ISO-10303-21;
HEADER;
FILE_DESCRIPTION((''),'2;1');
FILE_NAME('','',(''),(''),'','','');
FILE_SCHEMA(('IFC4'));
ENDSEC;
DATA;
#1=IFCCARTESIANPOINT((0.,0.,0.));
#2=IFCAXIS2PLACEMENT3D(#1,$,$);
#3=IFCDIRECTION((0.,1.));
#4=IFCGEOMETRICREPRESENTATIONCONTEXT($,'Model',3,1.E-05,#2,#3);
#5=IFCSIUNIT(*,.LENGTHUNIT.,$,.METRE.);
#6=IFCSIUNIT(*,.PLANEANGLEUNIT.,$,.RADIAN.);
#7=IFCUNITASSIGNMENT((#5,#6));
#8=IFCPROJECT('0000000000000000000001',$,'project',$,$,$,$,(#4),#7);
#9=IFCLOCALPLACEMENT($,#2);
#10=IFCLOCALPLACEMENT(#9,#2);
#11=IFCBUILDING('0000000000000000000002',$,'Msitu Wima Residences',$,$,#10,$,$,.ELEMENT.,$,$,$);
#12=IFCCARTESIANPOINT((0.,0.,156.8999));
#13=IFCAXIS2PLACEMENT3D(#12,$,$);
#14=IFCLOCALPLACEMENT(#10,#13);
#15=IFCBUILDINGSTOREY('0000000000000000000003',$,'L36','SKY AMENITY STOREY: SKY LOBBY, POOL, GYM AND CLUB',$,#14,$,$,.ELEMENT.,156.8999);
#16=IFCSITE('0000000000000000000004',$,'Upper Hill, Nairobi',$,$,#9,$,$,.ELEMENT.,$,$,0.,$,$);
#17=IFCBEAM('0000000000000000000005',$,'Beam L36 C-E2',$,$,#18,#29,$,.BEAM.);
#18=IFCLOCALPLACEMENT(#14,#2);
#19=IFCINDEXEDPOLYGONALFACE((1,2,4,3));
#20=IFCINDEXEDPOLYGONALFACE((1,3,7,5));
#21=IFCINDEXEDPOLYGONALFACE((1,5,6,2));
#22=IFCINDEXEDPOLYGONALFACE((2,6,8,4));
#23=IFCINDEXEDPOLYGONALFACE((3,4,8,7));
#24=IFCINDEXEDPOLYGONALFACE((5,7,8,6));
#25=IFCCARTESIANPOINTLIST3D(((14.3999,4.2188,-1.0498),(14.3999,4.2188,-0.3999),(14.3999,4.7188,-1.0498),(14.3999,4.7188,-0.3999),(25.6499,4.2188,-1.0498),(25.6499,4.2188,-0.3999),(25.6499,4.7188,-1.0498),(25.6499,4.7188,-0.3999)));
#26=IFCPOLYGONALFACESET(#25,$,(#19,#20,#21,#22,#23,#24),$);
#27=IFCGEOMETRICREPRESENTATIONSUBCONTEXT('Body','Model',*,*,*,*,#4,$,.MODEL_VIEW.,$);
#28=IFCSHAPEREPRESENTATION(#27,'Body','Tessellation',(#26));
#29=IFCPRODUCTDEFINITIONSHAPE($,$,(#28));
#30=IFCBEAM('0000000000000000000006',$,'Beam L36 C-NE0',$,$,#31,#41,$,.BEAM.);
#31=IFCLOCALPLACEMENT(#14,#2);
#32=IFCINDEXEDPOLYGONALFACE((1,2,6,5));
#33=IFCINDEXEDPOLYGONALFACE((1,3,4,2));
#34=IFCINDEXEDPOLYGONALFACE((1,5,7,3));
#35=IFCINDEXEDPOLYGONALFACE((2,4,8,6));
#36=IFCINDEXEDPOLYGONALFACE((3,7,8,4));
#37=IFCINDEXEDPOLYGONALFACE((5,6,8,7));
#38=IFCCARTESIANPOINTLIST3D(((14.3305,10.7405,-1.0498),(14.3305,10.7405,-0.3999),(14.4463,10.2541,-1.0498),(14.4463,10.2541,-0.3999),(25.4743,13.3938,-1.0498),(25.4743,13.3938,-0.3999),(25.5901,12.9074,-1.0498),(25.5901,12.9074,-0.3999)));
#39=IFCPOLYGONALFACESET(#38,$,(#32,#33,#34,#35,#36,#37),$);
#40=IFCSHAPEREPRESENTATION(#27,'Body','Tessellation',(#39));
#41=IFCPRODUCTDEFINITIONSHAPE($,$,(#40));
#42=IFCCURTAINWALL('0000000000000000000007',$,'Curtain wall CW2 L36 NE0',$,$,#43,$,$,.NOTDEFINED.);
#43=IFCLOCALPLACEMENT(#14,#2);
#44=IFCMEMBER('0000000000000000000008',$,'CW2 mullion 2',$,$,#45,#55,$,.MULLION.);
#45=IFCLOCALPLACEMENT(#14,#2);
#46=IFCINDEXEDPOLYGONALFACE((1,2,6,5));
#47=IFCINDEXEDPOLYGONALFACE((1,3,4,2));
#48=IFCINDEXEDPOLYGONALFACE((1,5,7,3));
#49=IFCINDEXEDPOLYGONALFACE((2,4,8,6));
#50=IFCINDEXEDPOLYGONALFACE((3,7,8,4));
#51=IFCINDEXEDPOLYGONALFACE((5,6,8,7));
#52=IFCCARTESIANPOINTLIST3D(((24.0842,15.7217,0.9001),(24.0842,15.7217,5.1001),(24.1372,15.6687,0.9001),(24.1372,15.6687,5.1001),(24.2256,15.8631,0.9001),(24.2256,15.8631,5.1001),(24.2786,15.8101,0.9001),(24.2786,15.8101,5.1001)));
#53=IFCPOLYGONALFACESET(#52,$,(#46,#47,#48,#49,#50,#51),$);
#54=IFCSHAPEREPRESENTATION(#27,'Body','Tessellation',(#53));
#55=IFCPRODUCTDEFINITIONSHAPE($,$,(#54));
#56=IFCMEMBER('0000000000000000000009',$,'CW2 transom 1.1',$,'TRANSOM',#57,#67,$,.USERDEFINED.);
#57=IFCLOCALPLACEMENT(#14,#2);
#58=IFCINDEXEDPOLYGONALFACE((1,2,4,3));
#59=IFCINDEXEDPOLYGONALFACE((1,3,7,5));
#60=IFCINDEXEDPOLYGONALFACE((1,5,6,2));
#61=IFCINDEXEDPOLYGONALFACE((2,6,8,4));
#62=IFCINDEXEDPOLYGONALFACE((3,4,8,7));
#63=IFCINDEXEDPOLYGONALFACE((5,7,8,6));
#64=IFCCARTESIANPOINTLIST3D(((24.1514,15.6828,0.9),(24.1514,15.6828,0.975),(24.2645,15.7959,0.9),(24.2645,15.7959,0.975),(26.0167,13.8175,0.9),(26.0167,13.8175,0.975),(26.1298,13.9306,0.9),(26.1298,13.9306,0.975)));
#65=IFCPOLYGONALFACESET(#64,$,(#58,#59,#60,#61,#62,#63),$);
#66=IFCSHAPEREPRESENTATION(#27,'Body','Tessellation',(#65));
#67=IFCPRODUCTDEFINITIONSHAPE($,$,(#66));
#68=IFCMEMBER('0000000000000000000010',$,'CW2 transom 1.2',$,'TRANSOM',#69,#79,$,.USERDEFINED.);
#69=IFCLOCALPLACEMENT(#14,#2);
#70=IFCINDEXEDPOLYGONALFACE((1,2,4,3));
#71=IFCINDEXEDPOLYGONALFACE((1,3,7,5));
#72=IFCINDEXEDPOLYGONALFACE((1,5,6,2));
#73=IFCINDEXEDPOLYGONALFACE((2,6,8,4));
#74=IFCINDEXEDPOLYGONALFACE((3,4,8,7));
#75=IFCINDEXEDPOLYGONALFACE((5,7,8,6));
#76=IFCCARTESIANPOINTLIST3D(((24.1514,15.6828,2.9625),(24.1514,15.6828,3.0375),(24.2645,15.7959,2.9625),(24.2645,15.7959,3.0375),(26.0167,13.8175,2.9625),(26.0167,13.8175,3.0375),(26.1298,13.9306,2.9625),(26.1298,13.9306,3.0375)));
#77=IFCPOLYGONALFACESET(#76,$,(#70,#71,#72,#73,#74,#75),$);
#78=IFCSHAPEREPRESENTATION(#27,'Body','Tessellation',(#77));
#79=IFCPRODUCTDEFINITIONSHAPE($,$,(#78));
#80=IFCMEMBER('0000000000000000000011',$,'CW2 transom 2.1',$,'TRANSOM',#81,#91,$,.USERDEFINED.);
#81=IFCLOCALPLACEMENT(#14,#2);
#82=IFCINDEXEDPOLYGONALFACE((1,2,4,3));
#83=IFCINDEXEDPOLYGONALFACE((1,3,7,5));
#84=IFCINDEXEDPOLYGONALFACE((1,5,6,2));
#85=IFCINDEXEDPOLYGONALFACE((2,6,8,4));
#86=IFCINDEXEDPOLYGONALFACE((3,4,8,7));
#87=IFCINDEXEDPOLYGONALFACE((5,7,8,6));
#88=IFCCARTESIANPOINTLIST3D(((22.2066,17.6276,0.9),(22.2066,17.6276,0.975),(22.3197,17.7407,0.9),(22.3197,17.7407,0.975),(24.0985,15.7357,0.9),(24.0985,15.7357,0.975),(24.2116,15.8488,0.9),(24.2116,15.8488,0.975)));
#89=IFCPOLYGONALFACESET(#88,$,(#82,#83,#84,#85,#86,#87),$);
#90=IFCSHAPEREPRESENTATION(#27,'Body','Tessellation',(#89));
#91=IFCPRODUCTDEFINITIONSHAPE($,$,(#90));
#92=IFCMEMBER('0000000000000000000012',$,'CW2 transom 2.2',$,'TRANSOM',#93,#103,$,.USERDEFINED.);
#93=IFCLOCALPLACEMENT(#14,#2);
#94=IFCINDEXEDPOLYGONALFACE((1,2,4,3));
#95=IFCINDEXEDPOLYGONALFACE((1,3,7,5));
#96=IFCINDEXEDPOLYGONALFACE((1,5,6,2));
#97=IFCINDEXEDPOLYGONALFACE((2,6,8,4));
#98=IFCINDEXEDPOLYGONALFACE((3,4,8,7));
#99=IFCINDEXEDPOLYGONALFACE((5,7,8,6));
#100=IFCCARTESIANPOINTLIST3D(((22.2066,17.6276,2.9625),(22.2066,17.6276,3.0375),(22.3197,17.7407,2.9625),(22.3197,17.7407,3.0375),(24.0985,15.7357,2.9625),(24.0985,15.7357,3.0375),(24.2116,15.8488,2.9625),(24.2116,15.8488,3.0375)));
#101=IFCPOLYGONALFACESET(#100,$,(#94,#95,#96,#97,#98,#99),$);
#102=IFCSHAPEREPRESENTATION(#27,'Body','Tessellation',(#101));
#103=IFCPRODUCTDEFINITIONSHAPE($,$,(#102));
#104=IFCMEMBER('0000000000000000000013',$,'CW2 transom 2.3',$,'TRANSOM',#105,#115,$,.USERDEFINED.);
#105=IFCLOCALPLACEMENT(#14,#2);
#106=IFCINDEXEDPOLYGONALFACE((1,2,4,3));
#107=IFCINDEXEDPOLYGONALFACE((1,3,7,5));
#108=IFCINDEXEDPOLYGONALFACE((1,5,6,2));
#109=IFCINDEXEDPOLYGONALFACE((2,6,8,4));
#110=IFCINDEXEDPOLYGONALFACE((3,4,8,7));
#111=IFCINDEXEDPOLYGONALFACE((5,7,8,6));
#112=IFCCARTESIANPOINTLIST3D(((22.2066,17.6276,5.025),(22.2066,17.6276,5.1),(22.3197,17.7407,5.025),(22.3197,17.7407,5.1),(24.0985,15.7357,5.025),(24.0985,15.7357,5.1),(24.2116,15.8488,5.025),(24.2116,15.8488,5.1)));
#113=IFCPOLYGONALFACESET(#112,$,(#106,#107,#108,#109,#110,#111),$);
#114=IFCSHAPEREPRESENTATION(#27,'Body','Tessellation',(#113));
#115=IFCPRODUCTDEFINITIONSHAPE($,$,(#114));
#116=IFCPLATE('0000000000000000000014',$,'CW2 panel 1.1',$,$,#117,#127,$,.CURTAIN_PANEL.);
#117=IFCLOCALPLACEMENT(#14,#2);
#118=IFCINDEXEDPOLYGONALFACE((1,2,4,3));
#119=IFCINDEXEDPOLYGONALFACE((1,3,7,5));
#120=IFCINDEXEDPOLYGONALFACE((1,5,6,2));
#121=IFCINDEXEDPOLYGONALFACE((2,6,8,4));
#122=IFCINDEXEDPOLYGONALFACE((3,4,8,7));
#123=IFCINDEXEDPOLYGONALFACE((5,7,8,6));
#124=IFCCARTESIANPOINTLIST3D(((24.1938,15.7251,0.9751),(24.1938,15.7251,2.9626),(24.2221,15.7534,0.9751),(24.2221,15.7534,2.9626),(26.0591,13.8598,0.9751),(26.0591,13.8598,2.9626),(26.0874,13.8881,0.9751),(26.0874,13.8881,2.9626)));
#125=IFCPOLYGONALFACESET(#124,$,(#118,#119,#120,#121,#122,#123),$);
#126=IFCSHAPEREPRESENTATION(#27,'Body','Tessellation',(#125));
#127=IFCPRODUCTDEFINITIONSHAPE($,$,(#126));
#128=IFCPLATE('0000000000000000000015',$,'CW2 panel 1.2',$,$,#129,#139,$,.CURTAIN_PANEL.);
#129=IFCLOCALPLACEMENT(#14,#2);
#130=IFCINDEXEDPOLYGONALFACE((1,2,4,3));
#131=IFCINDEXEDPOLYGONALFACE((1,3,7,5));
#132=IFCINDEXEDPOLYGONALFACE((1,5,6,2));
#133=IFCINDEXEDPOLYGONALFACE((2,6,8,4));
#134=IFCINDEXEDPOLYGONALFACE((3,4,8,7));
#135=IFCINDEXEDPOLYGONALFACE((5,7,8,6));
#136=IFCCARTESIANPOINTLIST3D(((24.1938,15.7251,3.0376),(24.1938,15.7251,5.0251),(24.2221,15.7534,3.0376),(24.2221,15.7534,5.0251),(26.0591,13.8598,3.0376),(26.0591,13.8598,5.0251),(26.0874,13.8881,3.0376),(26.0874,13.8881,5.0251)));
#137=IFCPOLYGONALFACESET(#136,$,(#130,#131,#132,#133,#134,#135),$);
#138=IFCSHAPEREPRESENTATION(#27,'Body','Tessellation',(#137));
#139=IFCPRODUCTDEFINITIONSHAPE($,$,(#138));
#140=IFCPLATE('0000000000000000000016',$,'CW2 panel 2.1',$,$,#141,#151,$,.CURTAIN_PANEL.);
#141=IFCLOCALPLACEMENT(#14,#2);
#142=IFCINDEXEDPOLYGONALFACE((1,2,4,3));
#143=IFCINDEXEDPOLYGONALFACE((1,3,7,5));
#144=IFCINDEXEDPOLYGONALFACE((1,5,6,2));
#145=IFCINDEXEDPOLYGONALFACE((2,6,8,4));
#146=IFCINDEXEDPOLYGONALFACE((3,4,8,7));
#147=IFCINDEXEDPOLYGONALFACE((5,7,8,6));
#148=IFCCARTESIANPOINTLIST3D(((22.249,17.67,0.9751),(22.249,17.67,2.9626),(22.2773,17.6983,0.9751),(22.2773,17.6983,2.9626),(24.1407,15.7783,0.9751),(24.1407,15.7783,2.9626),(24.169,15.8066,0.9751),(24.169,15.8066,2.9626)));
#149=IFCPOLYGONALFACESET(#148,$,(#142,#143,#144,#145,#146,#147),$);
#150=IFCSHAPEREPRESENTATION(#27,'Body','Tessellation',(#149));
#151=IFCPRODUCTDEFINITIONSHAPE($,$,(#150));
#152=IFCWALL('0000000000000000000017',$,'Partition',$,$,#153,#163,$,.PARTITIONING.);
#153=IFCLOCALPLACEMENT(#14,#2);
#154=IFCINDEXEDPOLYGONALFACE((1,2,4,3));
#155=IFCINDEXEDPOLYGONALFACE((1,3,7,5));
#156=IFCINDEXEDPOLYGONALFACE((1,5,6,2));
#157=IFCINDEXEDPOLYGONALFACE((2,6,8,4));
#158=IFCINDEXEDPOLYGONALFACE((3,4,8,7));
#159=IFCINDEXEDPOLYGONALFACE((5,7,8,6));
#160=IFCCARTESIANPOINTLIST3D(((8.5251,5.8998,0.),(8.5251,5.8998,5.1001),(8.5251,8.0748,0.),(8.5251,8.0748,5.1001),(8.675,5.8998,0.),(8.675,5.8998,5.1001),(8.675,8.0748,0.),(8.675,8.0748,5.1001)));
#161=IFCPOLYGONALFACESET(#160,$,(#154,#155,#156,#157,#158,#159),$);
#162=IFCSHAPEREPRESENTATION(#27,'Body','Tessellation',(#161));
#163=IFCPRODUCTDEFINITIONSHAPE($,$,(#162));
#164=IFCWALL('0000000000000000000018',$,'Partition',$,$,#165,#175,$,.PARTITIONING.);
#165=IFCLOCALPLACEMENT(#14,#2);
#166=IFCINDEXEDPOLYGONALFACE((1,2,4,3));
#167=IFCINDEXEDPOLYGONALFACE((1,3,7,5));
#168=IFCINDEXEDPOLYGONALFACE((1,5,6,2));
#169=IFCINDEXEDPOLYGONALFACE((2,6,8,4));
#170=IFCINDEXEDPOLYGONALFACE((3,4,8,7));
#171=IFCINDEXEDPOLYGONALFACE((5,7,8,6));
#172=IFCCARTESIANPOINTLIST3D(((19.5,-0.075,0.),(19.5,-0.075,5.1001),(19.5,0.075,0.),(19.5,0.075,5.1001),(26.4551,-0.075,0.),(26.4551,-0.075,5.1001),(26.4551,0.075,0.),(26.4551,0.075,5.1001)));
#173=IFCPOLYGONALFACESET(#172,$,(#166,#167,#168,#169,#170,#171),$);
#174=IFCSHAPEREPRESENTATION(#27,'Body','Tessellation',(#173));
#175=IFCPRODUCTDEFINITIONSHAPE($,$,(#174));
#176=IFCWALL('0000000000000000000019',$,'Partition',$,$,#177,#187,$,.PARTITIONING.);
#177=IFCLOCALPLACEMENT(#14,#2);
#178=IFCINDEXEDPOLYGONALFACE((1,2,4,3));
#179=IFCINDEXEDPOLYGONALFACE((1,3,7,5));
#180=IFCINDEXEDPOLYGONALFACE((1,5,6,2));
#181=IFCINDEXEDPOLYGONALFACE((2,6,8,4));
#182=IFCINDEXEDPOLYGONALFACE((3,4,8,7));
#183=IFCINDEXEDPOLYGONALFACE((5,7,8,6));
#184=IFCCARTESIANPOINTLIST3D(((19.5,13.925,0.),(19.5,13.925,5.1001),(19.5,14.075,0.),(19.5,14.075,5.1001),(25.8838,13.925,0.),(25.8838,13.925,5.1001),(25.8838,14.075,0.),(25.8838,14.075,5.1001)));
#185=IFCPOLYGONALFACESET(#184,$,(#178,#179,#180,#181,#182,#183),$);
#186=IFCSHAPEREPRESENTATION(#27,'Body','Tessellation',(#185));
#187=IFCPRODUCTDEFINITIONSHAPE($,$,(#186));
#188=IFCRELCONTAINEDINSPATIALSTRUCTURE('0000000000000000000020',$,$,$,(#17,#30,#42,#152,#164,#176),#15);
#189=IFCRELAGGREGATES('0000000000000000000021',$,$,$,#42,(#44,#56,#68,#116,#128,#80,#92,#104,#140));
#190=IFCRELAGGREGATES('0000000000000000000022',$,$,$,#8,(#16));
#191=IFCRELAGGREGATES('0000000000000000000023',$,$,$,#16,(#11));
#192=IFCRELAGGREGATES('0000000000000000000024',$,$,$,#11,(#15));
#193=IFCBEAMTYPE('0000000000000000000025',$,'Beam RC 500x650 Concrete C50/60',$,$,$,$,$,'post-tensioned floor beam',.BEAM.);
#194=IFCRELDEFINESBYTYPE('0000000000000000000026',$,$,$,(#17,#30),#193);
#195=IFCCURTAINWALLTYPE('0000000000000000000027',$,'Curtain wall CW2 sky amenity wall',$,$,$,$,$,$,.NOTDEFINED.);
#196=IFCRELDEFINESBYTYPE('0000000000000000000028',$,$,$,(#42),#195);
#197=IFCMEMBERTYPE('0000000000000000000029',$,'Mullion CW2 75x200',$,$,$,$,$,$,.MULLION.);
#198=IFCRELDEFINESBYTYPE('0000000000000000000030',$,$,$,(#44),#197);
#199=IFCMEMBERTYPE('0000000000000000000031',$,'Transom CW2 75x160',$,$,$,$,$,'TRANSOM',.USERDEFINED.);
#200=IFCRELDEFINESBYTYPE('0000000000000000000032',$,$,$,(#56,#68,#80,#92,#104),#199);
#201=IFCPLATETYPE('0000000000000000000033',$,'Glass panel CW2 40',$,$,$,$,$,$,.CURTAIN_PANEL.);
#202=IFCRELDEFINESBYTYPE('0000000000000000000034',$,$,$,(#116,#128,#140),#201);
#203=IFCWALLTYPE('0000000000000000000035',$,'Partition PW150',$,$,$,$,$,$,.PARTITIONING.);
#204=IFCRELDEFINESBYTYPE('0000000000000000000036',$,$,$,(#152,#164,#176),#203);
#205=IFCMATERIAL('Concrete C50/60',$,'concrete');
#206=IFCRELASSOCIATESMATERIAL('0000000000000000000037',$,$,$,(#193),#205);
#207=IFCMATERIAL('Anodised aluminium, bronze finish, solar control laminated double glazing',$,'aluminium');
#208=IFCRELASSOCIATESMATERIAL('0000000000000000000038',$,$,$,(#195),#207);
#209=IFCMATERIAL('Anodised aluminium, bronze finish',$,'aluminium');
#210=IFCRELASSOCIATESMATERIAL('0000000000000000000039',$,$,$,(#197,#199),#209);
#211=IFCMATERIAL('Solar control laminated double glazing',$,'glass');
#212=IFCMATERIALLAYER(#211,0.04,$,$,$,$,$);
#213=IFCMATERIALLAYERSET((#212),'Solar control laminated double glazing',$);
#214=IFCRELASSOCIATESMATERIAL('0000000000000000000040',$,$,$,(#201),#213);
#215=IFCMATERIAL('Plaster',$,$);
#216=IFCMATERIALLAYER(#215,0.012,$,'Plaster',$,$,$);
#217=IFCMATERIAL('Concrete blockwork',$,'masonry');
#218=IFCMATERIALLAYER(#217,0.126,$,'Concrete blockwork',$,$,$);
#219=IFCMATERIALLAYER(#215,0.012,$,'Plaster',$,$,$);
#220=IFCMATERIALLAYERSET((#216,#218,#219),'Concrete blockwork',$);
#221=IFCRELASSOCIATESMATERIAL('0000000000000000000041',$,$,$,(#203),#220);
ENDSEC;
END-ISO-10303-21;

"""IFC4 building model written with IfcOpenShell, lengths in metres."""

from ifc_helpers import new_model, si_unit, direction, frame, frame_2d, origin, origin_2d, place, context, subcontext, project, spatial, rectangle, extrude, material, layer, layer_set, material_profile, profile_set, type_object, element, aggregate, save


model = new_model("IFC4")

# Units and contexts
model_context = context("Model", 3, precision=1e-05, world=origin(), true_north=direction((0.0, 1.0)))
body_context = subcontext(model_context, "Body", "Model", "MODEL_VIEW")
ifc_project = project(units=[si_unit("LENGTHUNIT", "METRE"), si_unit("PLANEANGLEUNIT", "RADIAN")], contexts=[model_context])

# Site, building, storey
site_placement = place(None, origin())
site = spatial("IfcSite", under=ifc_project, at=site_placement, Name="Upper Hill, Nairobi", CompositionType="ELEMENT", RefElevation=0.0)
building_placement = place(site_placement, origin())
building = spatial("IfcBuilding", under=site, at=building_placement, Name="Msitu Wima Residences", CompositionType="ELEMENT")
storey_placement = place(building_placement, frame((0.0, 0.0, 156.8999)))
storey = spatial("IfcBuildingStorey", under=building, at=storey_placement, Name="L36", Description="SKY AMENITY STOREY: SKY LOBBY, POOL, GYM AND CLUB", CompositionType="ELEMENT", Elevation=156.8999)

# Beams
ifc_material_1 = material(Name="Concrete C50/60", Category="concrete")
ifc_material_profile_1 = material_profile(ifc_material_1, rectangle(XDim=0.5, YDim=0.6499, at=origin_2d()), Name="RC 500x650")
ifc_profile_set_1 = profile_set([ifc_material_profile_1], Name="Concrete C50/60")
beam_type = type_object("IfcBeamType", Name="Beam RC 500x650 Concrete C50/60", ElementType="post-tensioned floor beam", PredefinedType="BEAM", material=ifc_profile_set_1)
beam_1_placement = place(storey_placement, frame((25.6499, 4.4688, -0.7249), z_axis=(-1.0, 0.0, 0.0), x_axis=(0.0, -1.0, 0.0)))
element("IfcBeam", 1, at=beam_1_placement, inside=storey, type_object=beam_type, Name="Beam L36 C-E2", PredefinedType="BEAM", context=body_context, shape_type="SweptSolid", body=[
    extrude(rectangle(XDim=0.5, YDim=0.6499, at=origin_2d()), origin(), (0.0, 0.0, 1.0), 11.25),
])
beam_2_placement = place(storey_placement, frame((25.5322, 13.1506, -0.7249), z_axis=(-0.972806, -0.231623, 0.0), x_axis=(0.231623, -0.972806, 0.0)))
element("IfcBeam", 2, at=beam_2_placement, inside=storey, type_object=beam_type, Name="Beam L36 C-NE0", PredefinedType="BEAM", context=body_context, shape_type="SweptSolid", body=[
    extrude(rectangle(XDim=0.5, YDim=0.6499, at=origin_2d()), origin(), (0.0, 0.0, 1.0), 11.4553),
])

# Curtain wall, members, plates
ifc_material_2 = material(Name="Anodised aluminium, bronze finish, solar control laminated double glazing", Category="aluminium")
curtain_wall_type = type_object("IfcCurtainWallType", Name="Curtain wall CW2 sky amenity wall", PredefinedType="NOTDEFINED", material=ifc_material_2)
curtain_wall_placement = place(storey_placement, origin())
curtain_wall = element("IfcCurtainWall", 3, at=curtain_wall_placement, inside=storey, type_object=curtain_wall_type, Name="Curtain wall CW2 L36 NE0", PredefinedType="NOTDEFINED")
ifc_material_3 = material(Name="Anodised aluminium, bronze finish", Category="aluminium")
ifc_material_profile_2 = material_profile(ifc_material_3, rectangle(XDim=0.2, YDim=0.075, at=origin_2d()), Name="Mullion 75x200")
ifc_profile_set_2 = profile_set([ifc_material_profile_2], Name="Anodised aluminium, bronze finish")
member_type_1 = type_object("IfcMemberType", Name="Mullion CW2 75x200", PredefinedType="MULLION", material=ifc_profile_set_2)
member_1_placement = place(storey_placement, frame((24.1814, 15.7659, 0.9001), z_axis=(0.0, 0.0, 1.0), x_axis=(-0.707107, -0.707107, 0.0)))
member_1 = element("IfcMember", 4, at=member_1_placement, type_object=member_type_1, Name="CW2 mullion 2", PredefinedType="MULLION", context=body_context, shape_type="SweptSolid", body=[
    extrude(rectangle(XDim=0.2, YDim=0.075, at=origin_2d()), origin(), (0.0, 0.0, 1.0), 4.2),
])
ifc_material_profile_3 = material_profile(ifc_material_3, rectangle(XDim=0.1599, YDim=0.075, at=origin_2d()), Name="Transom 75x160")
ifc_profile_set_3 = profile_set([ifc_material_profile_3], Name="Anodised aluminium, bronze finish")
member_type_2 = type_object("IfcMemberType", Name="Transom CW2 75x160", ElementType="TRANSOM", PredefinedType="USERDEFINED", material=ifc_profile_set_3)
member_2_placement = place(storey_placement, frame((26.0732, 13.874, 0.9375), z_axis=(-0.707107, 0.707107, 0.0), x_axis=(-0.707107, -0.707107, 0.0)))
member_2 = element("IfcMember", 5, at=member_2_placement, type_object=member_type_2, Name="CW2 transom 1.1", ObjectType="TRANSOM", PredefinedType="USERDEFINED", context=body_context, shape_type="SweptSolid", body=[
    extrude(rectangle(XDim=0.1599, YDim=0.075, at=origin_2d()), origin(), (0.0, 0.0, 1.0), 2.6379),
])
member_3_placement = place(storey_placement, frame((26.0732, 13.874, 3.0), z_axis=(-0.707107, 0.707107, 0.0), x_axis=(-0.707107, -0.707107, 0.0)))
member_3 = element("IfcMember", 6, at=member_3_placement, type_object=member_type_2, Name="CW2 transom 1.2", ObjectType="TRANSOM", PredefinedType="USERDEFINED", context=body_context, shape_type="SweptSolid", body=[
    extrude(rectangle(XDim=0.1599, YDim=0.075, at=origin_2d()), origin(), (0.0, 0.0, 1.0), 2.6379),
])
member_4_placement = place(storey_placement, frame((24.155, 15.7922, 0.9375), z_axis=(-0.707107, 0.707107, 0.0), x_axis=(-0.707107, -0.707107, 0.0)))
member_4 = element("IfcMember", 7, at=member_4_placement, type_object=member_type_2, Name="CW2 transom 2.1", ObjectType="TRANSOM", PredefinedType="USERDEFINED", context=body_context, shape_type="SweptSolid", body=[
    extrude(rectangle(XDim=0.1599, YDim=0.075, at=origin_2d()), origin(), (0.0, 0.0, 1.0), 2.6755),
])
member_5_placement = place(storey_placement, frame((24.155, 15.7922, 3.0), z_axis=(-0.707107, 0.707107, 0.0), x_axis=(-0.707107, -0.707107, 0.0)))
member_5 = element("IfcMember", 8, at=member_5_placement, type_object=member_type_2, Name="CW2 transom 2.2", ObjectType="TRANSOM", PredefinedType="USERDEFINED", context=body_context, shape_type="SweptSolid", body=[
    extrude(rectangle(XDim=0.1599, YDim=0.075, at=origin_2d()), origin(), (0.0, 0.0, 1.0), 2.6755),
])
member_6_placement = place(storey_placement, frame((24.155, 15.7922, 5.0625), z_axis=(-0.707107, 0.707107, 0.0), x_axis=(-0.707107, -0.707107, 0.0)))
member_6 = element("IfcMember", 9, at=member_6_placement, type_object=member_type_2, Name="CW2 transom 2.3", ObjectType="TRANSOM", PredefinedType="USERDEFINED", context=body_context, shape_type="SweptSolid", body=[
    extrude(rectangle(XDim=0.1599, YDim=0.075, at=origin_2d()), origin(), (0.0, 0.0, 1.0), 2.6755),
])
ifc_material_4 = material(Name="Solar control laminated double glazing", Category="glass")
ifc_layer_1 = layer(ifc_material_4, 0.04)
ifc_layer_set_1 = layer_set([ifc_layer_1], Name="Solar control laminated double glazing")
plate_type = type_object("IfcPlateType", Name="Glass panel CW2 40", PredefinedType="CURTAIN_PANEL", material=ifc_layer_set_1)
plate_1_placement = place(storey_placement, frame((25.1406, 14.8066, 0.9751), z_axis=(0.0, 0.0, 1.0), x_axis=(-0.707107, 0.707107, 0.0)))
plate_1 = element("IfcPlate", 10, at=plate_1_placement, type_object=plate_type, Name="CW2 panel 1.1", PredefinedType="CURTAIN_PANEL", context=body_context, shape_type="SweptSolid", body=[
    extrude(rectangle(XDim=2.6379, YDim=0.04, at=origin_2d()), origin(), (0.0, 0.0, 1.0), 1.9875),
])
plate_2_placement = place(storey_placement, frame((25.1406, 14.8066, 3.0376), z_axis=(0.0, 0.0, 1.0), x_axis=(-0.707107, 0.707107, 0.0)))
plate_2 = element("IfcPlate", 11, at=plate_2_placement, type_object=plate_type, Name="CW2 panel 1.2", PredefinedType="CURTAIN_PANEL", context=body_context, shape_type="SweptSolid", body=[
    extrude(rectangle(XDim=2.6379, YDim=0.04, at=origin_2d()), origin(), (0.0, 0.0, 1.0), 1.9875),
])
plate_3_placement = place(storey_placement, frame((23.209, 16.7383, 0.9751), z_axis=(0.0, 0.0, 1.0), x_axis=(-0.707107, 0.707107, 0.0)))
plate_3 = element("IfcPlate", 12, at=plate_3_placement, type_object=plate_type, Name="CW2 panel 2.1", PredefinedType="CURTAIN_PANEL", context=body_context, shape_type="SweptSolid", body=[
    extrude(rectangle(XDim=2.6753, YDim=0.04, at=origin_2d()), origin(), (0.0, 0.0, 1.0), 1.9875),
])
aggregate(curtain_wall, [member_1, member_2, member_3, plate_1, plate_2, member_4, member_5, member_6, plate_3])

# Walls
ifc_material_5 = material(Name="Plaster")
ifc_layer_2 = layer(ifc_material_5, 0.012, Name="Plaster")
ifc_material_6 = material(Name="Concrete blockwork", Category="masonry")
ifc_layer_3 = layer(ifc_material_6, 0.126, Name="Concrete blockwork")
ifc_layer_4 = layer(ifc_material_5, 0.012, Name="Plaster")
ifc_layer_set_2 = layer_set([ifc_layer_2, ifc_layer_3, ifc_layer_4], Name="Concrete blockwork")
wall_type_1 = type_object("IfcWallType", Name="Partition PW150", PredefinedType="PARTITIONING", material=ifc_layer_set_2)
wall_1_placement = place(storey_placement, frame((8.6001, 5.8999, 0.0), z_axis=(0.0, 0.0, 1.0), x_axis=(0.0, 1.0, 0.0)))
element("IfcWall", 13, at=wall_1_placement, inside=storey, type_object=wall_type_1, Name="Partition", PredefinedType="PARTITIONING", context=body_context, shape_type="SweptSolid", body=[
    extrude(rectangle(XDim=2.175, YDim=0.1499, at=frame_2d((1.0874, 0.0))), origin(), (0.0, 0.0, 1.0), 5.1001),
])
wall_2_placement = place(storey_placement, frame((19.5, 0.0, 0.0), z_axis=(0.0, 0.0, 1.0), x_axis=(1.0, 0.0, 0.0)))
element("IfcWall", 14, at=wall_2_placement, inside=storey, type_object=wall_type_1, Name="Partition", PredefinedType="PARTITIONING", context=body_context, shape_type="SweptSolid", body=[
    extrude(rectangle(XDim=6.9551, YDim=0.1499, at=frame_2d((3.4775, 0.0))), origin(), (0.0, 0.0, 1.0), 5.1001),
])
wall_3_placement = place(storey_placement, frame((19.5, 14.0, 0.0), z_axis=(0.0, 0.0, 1.0), x_axis=(1.0, 0.0, 0.0)))
element("IfcWall", 15, at=wall_3_placement, inside=storey, type_object=wall_type_1, Name="Partition", PredefinedType="PARTITIONING", context=body_context, shape_type="SweptSolid", body=[
    extrude(rectangle(XDim=6.3838, YDim=0.1499, at=frame_2d((3.1919, 0.0))), origin(), (0.0, 0.0, 1.0), 5.1001),
])

save(model, "model.ifc")
